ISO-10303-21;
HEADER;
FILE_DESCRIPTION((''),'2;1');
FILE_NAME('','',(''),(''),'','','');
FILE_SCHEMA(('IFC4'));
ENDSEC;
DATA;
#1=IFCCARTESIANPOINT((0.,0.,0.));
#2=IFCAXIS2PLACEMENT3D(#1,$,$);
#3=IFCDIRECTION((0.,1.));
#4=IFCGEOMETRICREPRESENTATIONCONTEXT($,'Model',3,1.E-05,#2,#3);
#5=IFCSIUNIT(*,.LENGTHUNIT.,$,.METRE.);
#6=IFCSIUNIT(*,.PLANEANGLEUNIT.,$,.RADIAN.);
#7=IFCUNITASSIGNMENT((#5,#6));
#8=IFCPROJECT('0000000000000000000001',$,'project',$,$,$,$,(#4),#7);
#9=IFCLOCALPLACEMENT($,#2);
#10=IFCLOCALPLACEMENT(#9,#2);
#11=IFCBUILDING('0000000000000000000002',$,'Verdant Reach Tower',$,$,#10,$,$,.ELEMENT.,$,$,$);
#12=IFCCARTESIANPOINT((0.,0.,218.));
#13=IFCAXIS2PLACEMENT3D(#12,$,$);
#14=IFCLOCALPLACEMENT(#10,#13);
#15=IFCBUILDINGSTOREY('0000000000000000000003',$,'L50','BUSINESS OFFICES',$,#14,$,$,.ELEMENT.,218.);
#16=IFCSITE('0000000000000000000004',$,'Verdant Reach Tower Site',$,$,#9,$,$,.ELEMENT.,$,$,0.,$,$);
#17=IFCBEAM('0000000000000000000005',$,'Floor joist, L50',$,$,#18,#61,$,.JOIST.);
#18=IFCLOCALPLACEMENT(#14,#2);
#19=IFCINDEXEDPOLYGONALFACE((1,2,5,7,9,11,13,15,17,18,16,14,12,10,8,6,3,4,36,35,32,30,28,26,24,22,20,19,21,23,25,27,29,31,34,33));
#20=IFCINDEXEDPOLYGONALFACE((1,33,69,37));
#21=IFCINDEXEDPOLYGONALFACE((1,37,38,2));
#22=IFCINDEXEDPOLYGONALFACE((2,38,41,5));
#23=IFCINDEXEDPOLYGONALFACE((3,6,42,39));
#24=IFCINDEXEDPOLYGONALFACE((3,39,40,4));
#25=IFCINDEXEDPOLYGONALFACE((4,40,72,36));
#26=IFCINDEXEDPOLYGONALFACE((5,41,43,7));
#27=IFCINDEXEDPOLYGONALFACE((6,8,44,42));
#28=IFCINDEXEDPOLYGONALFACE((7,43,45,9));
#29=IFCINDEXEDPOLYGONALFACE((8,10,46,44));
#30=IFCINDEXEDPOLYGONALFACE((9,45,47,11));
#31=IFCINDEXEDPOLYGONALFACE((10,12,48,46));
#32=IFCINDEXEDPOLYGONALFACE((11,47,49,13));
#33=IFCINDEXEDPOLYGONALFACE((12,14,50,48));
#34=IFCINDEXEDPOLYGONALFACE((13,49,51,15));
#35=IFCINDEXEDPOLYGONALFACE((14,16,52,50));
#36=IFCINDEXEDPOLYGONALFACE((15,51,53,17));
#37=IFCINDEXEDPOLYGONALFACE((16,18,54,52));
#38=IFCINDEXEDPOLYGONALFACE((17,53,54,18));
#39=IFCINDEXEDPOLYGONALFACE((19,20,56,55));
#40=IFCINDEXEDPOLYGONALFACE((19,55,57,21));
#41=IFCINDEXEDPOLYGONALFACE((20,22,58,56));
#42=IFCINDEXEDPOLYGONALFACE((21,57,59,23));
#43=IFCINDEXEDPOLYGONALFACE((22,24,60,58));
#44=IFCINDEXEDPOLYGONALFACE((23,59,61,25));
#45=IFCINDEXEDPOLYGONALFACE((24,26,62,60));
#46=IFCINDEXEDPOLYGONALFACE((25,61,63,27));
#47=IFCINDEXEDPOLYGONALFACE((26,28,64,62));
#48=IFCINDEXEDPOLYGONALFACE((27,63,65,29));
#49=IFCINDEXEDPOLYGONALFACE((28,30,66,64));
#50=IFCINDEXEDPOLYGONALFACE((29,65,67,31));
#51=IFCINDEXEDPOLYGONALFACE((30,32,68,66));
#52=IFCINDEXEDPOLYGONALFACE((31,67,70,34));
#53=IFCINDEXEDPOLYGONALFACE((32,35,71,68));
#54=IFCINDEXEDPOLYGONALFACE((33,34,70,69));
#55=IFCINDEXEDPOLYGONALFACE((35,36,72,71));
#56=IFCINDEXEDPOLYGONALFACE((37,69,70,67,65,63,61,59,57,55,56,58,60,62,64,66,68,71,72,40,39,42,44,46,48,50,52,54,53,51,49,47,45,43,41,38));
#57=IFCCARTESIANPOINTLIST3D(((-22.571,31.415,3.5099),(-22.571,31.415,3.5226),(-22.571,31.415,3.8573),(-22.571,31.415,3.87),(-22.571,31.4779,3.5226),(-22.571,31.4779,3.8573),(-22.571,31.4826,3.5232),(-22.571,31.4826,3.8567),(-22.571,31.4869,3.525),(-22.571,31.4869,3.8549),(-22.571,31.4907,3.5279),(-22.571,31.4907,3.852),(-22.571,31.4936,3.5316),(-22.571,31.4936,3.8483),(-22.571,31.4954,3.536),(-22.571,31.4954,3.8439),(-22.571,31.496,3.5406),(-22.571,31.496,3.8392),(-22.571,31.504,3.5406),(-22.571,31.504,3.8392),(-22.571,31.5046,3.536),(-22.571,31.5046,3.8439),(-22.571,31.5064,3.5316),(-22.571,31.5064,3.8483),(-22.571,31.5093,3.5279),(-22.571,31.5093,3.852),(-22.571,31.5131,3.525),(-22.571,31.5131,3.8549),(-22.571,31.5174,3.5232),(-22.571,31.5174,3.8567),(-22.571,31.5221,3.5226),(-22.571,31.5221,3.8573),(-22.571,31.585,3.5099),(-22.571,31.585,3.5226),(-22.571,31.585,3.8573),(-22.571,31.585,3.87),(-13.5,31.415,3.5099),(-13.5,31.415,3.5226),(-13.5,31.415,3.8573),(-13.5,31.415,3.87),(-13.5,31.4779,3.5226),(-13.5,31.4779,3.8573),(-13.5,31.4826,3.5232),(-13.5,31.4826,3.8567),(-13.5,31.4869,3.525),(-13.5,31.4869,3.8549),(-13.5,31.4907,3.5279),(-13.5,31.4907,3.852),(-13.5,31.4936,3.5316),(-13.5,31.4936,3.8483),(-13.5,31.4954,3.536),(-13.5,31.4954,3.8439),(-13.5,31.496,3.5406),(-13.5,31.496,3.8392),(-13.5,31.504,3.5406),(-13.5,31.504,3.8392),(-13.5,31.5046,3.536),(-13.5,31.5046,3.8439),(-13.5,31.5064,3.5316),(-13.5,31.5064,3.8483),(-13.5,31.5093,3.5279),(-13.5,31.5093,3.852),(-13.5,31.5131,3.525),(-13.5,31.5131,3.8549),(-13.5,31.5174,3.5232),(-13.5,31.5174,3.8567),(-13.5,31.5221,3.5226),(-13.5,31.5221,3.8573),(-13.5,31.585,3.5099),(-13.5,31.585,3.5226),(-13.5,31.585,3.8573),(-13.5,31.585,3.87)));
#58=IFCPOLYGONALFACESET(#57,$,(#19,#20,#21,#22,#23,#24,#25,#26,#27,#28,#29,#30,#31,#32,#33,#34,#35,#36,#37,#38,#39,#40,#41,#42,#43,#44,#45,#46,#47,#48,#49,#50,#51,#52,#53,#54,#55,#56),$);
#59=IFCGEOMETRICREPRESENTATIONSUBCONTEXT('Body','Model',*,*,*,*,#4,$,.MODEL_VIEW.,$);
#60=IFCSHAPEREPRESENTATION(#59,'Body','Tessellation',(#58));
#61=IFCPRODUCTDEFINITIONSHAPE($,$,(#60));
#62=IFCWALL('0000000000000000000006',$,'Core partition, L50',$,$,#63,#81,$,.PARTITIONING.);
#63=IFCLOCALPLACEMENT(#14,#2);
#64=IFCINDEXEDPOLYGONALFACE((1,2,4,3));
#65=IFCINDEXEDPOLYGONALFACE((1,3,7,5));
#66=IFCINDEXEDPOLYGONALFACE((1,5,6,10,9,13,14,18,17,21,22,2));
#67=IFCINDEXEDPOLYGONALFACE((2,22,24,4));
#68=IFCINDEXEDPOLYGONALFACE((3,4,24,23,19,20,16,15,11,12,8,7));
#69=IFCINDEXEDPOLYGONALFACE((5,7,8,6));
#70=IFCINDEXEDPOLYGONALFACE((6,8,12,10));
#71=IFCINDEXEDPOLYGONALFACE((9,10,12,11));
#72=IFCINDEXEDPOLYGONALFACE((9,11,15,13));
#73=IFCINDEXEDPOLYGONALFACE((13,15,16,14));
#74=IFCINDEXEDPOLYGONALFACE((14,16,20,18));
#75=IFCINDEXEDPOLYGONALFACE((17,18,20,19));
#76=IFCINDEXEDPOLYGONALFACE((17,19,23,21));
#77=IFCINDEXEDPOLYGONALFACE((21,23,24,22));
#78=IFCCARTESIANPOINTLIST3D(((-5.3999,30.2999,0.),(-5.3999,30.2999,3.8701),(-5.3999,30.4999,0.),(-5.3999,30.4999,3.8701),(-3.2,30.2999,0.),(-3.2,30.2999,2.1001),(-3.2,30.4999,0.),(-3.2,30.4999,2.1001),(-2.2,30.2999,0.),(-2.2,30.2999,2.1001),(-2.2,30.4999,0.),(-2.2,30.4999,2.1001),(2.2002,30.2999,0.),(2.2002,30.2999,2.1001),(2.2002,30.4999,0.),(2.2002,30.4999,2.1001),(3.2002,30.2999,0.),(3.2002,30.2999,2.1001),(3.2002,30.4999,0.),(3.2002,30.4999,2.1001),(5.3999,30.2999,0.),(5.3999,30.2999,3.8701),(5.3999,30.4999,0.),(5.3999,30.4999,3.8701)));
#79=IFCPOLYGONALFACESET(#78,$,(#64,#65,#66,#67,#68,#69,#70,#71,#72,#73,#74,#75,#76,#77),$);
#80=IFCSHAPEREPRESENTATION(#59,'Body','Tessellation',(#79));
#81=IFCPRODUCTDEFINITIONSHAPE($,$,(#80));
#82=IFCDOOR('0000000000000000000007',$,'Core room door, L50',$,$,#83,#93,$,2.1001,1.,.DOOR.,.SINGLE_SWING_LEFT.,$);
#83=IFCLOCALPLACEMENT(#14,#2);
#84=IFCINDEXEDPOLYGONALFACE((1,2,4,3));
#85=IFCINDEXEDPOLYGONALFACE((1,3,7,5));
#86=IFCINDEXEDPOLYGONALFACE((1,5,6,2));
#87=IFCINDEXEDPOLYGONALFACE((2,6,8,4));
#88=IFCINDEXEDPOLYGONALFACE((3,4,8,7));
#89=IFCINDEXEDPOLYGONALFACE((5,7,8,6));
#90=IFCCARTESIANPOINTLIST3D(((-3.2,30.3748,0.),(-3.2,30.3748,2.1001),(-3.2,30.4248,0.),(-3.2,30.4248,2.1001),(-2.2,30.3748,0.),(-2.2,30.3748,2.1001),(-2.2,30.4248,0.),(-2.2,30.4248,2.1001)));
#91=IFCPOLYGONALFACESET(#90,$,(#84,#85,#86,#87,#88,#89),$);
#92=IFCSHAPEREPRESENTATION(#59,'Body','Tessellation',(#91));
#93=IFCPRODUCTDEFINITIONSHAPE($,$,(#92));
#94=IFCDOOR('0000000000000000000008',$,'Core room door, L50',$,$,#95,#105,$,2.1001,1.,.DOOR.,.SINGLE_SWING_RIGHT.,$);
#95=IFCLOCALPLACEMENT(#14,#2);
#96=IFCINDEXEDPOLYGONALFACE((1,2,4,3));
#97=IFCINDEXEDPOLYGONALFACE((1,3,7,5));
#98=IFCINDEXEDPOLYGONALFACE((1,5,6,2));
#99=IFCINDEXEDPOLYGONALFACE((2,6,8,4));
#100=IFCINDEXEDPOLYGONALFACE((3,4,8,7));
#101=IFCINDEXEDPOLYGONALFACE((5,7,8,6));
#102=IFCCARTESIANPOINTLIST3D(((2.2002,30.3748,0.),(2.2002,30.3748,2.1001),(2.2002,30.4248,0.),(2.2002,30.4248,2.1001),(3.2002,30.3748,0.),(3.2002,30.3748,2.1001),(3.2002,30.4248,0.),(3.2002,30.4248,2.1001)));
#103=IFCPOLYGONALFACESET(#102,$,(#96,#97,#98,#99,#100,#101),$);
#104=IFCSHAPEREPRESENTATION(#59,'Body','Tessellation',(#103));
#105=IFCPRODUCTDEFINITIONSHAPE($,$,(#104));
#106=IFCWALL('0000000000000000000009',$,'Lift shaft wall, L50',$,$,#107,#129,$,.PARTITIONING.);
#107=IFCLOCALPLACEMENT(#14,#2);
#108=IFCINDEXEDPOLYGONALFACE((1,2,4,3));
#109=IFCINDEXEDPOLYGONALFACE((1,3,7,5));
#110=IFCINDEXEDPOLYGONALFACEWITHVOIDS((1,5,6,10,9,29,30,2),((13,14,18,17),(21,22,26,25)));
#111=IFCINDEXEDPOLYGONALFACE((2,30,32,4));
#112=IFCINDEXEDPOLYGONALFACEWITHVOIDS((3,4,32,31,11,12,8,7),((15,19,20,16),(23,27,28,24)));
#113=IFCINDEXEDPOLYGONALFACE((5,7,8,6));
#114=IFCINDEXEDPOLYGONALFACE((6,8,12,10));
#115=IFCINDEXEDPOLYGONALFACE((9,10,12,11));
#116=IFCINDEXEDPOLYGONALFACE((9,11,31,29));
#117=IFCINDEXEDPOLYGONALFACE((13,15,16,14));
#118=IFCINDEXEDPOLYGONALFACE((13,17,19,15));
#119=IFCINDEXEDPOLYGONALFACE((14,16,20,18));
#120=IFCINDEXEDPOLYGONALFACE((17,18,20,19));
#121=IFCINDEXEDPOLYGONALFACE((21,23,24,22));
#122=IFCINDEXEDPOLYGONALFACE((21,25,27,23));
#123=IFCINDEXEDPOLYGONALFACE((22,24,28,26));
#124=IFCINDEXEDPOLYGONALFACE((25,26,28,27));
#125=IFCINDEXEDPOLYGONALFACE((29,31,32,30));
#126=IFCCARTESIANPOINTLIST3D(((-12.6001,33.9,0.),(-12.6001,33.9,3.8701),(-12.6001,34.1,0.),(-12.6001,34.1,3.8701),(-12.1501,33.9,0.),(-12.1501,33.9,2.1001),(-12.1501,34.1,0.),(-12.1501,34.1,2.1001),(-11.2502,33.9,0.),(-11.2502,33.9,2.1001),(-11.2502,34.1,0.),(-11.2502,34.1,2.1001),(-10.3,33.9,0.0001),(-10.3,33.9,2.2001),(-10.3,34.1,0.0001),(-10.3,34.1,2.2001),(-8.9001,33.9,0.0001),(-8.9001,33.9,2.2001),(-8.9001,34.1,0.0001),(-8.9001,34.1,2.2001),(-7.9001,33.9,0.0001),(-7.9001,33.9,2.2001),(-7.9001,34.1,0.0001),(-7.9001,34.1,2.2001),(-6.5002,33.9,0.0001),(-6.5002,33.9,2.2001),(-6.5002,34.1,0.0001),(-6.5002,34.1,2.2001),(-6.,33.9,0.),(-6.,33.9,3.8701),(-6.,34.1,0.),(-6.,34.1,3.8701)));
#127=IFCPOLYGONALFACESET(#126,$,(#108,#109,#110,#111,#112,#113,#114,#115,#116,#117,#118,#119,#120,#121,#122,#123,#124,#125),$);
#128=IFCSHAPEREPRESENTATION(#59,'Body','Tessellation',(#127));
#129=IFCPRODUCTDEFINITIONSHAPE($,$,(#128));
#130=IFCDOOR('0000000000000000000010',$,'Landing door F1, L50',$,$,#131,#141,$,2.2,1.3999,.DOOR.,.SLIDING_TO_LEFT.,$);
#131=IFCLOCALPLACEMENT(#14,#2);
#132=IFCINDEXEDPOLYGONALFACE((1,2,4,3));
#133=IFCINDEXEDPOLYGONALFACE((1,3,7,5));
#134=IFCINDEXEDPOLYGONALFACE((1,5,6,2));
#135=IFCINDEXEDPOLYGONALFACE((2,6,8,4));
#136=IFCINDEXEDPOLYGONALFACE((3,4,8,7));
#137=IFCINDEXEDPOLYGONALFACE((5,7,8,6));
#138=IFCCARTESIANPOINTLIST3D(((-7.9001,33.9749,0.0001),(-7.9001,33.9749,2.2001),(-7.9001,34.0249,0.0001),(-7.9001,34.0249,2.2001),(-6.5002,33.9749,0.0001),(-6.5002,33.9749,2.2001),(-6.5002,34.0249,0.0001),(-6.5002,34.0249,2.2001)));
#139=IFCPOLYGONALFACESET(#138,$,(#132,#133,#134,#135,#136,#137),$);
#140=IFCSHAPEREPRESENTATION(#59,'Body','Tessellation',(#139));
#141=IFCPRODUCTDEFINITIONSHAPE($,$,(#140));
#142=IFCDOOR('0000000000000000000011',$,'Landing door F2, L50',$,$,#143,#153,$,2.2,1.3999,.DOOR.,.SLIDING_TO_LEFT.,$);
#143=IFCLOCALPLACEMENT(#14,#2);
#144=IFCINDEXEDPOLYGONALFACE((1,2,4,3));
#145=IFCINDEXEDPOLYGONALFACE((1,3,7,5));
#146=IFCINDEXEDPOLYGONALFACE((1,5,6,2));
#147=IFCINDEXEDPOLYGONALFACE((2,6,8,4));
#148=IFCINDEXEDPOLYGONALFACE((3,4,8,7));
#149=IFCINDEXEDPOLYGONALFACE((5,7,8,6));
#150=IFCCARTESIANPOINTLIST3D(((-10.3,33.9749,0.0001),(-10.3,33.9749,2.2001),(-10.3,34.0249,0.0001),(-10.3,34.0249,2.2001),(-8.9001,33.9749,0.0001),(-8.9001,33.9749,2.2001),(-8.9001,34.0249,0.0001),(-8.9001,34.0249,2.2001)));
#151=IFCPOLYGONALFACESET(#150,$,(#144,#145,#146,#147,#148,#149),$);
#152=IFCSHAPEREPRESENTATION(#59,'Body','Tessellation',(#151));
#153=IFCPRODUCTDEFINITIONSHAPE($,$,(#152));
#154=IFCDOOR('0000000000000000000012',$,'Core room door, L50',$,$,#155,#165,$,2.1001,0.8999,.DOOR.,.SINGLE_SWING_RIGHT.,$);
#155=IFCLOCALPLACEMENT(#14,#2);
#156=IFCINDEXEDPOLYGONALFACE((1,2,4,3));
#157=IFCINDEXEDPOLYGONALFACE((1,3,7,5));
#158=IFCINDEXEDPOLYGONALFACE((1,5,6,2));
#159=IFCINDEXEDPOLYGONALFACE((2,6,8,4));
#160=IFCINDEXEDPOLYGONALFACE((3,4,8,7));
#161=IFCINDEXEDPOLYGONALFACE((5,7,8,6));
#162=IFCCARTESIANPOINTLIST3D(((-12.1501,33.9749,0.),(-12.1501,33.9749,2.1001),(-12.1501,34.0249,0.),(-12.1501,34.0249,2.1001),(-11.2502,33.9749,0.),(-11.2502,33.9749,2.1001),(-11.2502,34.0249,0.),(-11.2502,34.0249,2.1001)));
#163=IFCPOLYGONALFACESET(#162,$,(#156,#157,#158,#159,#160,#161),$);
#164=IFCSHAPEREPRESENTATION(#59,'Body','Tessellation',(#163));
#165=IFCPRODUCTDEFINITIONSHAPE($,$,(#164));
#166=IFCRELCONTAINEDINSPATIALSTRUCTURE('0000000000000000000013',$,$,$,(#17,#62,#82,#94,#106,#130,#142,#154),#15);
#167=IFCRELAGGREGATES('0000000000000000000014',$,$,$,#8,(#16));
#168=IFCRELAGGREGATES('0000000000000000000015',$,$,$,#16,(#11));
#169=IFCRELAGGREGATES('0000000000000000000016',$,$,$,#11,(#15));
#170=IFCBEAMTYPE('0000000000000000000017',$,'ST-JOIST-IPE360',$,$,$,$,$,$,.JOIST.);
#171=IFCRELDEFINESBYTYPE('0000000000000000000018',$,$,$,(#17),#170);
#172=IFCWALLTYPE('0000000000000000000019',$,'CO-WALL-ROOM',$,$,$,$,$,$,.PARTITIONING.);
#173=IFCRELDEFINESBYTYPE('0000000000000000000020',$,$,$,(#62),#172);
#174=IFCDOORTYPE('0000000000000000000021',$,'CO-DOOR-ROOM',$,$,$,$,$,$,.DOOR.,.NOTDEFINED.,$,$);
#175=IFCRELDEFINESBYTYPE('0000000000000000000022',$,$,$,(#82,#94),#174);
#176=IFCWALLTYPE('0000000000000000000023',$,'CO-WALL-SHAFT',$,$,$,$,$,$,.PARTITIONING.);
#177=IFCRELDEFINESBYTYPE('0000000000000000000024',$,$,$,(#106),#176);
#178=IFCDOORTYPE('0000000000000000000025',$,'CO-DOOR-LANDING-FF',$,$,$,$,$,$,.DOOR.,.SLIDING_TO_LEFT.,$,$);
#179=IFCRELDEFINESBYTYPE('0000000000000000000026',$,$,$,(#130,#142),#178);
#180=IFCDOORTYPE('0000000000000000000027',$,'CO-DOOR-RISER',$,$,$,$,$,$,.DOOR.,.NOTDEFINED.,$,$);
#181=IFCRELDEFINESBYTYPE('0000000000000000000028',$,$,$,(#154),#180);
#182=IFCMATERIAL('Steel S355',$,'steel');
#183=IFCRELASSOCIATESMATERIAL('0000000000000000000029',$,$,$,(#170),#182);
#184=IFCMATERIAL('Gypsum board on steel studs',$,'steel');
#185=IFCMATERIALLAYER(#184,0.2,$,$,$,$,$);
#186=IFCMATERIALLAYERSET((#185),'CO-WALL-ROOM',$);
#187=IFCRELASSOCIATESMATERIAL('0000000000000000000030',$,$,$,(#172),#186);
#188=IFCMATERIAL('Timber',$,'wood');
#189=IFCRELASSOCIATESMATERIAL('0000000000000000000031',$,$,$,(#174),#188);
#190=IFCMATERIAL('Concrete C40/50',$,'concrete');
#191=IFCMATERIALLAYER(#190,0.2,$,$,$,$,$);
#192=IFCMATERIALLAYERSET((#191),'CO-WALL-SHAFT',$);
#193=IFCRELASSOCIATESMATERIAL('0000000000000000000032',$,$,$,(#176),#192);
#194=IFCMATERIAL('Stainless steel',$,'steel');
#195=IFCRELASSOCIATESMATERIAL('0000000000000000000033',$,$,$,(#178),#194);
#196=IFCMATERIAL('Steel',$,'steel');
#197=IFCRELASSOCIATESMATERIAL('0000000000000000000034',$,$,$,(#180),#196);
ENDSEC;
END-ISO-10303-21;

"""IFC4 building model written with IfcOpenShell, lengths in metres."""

from ifc_helpers import new_model, si_unit, direction, frame, frame_2d, origin, origin_2d, place, context, subcontext, project, spatial, rectangle, i_section, extrude, material, layer, layer_set, material_profile, profile_set, type_object, element, fill, save


model = new_model("IFC4")

# Units and contexts
model_context = context("Model", 3, precision=1e-05, world=origin(), true_north=direction((0.0, 1.0)))
body_context = subcontext(model_context, "Body", "Model", "MODEL_VIEW")
ifc_project = project(units=[si_unit("LENGTHUNIT", "METRE"), si_unit("PLANEANGLEUNIT", "RADIAN")], contexts=[model_context])

# Site, building, storey
site_placement = place(None, origin())
site = spatial("IfcSite", under=ifc_project, at=site_placement, Name="Verdant Reach Tower Site", CompositionType="ELEMENT", RefElevation=0.0)
building_placement = place(site_placement, origin())
building = spatial("IfcBuilding", under=site, at=building_placement, Name="Verdant Reach Tower", CompositionType="ELEMENT")
storey_placement = place(building_placement, frame((0.0, 0.0, 218.0)))
storey = spatial("IfcBuildingStorey", under=building, at=storey_placement, Name="L50", Description="BUSINESS OFFICES", CompositionType="ELEMENT", Elevation=218.0)

# Beam
ifc_material_1 = material(Name="Steel S355", Category="steel")
ifc_material_profile = material_profile(ifc_material_1, i_section(OverallWidth=0.1699, OverallDepth=0.3601, WebThickness=0.0081, FlangeThickness=0.0127, FilletRadius=0.0181, at=origin_2d()), Name="IPE 360")
ifc_profile_set = profile_set([ifc_material_profile], Name="Steel S355")
beam_type = type_object("IfcBeamType", Name="ST-JOIST-IPE360", PredefinedType="JOIST", material=ifc_profile_set)
beam_placement = place(storey_placement, frame((-13.5, 31.5, 3.6899), z_axis=(-1.0, 0.0, 0.0), x_axis=(0.0, -1.0, 0.0)))
element("IfcBeam", 1, at=beam_placement, inside=storey, type_object=beam_type, Name="Floor joist, L50", PredefinedType="JOIST", context=body_context, shape_type="SweptSolid", body=[
    extrude(i_section(OverallWidth=0.1699, OverallDepth=0.3601, WebThickness=0.0081, FlangeThickness=0.0127, FilletRadius=0.0181, at=origin_2d()), origin(), (0.0, 0.0, 1.0), 9.071),
])

# Walls, openings, doors
ifc_material_2 = material(Name="Gypsum board on steel studs", Category="steel")
ifc_layer_1 = layer(ifc_material_2, 0.2)
ifc_layer_set_1 = layer_set([ifc_layer_1], Name="CO-WALL-ROOM")
wall_type_1 = type_object("IfcWallType", Name="CO-WALL-ROOM", PredefinedType="PARTITIONING", material=ifc_layer_set_1)
wall_1_placement = place(storey_placement, frame((-5.3999, 30.3999, 0.0), z_axis=(0.0, 0.0, 1.0), x_axis=(1.0, 0.0, 0.0)))
wall_1 = element("IfcWall", 2, at=wall_1_placement, inside=storey, type_object=wall_type_1, Name="Core partition, L50", PredefinedType="PARTITIONING", context=body_context, shape_type="SweptSolid", body=[
    extrude(rectangle(XDim=10.7998, YDim=0.2, at=frame_2d((5.3999, 0.0))), origin(), (0.0, 0.0, 1.0), 3.8701),
])
opening_1_placement = place(wall_1_placement, frame((2.2, 0.0, 0.0)))
opening_1 = element("IfcOpeningElement", 3, at=opening_1_placement, cuts=wall_1, PredefinedType="OPENING", context=body_context, shape_type="SweptSolid", body=[
    extrude(rectangle(XDim=1.0, YDim=2.1001, at=frame_2d((0.5, 1.05))), frame((0.0, 0.1099, 0.0), z_axis=(0.0, -1.0, 0.0), x_axis=(1.0, 0.0, 0.0)), (0.0, 0.0, 1.0), 0.22),
])
opening_2_placement = place(wall_1_placement, frame((7.6001, 0.0, 0.0)))
opening_2 = element("IfcOpeningElement", 4, at=opening_2_placement, cuts=wall_1, PredefinedType="OPENING", context=body_context, shape_type="SweptSolid", body=[
    extrude(rectangle(XDim=1.0, YDim=2.1001, at=frame_2d((0.5, 1.05))), frame((0.0, 0.1099, 0.0), z_axis=(0.0, -1.0, 0.0), x_axis=(1.0, 0.0, 0.0)), (0.0, 0.0, 1.0), 0.22),
])
ifc_material_3 = material(Name="Timber", Category="wood")
door_type_1 = type_object("IfcDoorType", Name="CO-DOOR-ROOM", OperationType="NOTDEFINED", PredefinedType="DOOR", material=ifc_material_3)
door_1_placement = place(opening_1_placement, origin())
door_1 = element("IfcDoor", 5, at=door_1_placement, inside=storey, type_object=door_type_1, Name="Core room door, L50", OperationType="SINGLE_SWING_LEFT", OverallHeight=2.1001, OverallWidth=1.0, PredefinedType="DOOR", context=body_context, shape_type="SweptSolid", body=[
    extrude(rectangle(XDim=1.0, YDim=2.1001, at=frame_2d((0.5, 1.05))), frame((0.0, 0.0249, 0.0), z_axis=(0.0, -1.0, 0.0), x_axis=(1.0, 0.0, 0.0)), (0.0, 0.0, 1.0), 0.05),
])
fill(opening_1, door_1)
door_2_placement = place(opening_2_placement, origin())
door_2 = element("IfcDoor", 6, at=door_2_placement, inside=storey, type_object=door_type_1, Name="Core room door, L50", OperationType="SINGLE_SWING_RIGHT", OverallHeight=2.1001, OverallWidth=1.0, PredefinedType="DOOR", context=body_context, shape_type="SweptSolid", body=[
    extrude(rectangle(XDim=1.0, YDim=2.1001, at=frame_2d((0.5, 1.05))), frame((0.0, 0.0249, 0.0), z_axis=(0.0, -1.0, 0.0), x_axis=(1.0, 0.0, 0.0)), (0.0, 0.0, 1.0), 0.05),
])
fill(opening_2, door_2)
ifc_material_4 = material(Name="Concrete C40/50", Category="concrete")
ifc_layer_2 = layer(ifc_material_4, 0.2)
ifc_layer_set_2 = layer_set([ifc_layer_2], Name="CO-WALL-SHAFT")
wall_type_2 = type_object("IfcWallType", Name="CO-WALL-SHAFT", PredefinedType="PARTITIONING", material=ifc_layer_set_2)
wall_2_placement = place(storey_placement, frame((-12.6001, 34.0, 0.0), z_axis=(0.0, 0.0, 1.0), x_axis=(1.0, 0.0, 0.0)))
wall_2 = element("IfcWall", 7, at=wall_2_placement, inside=storey, type_object=wall_type_2, Name="Lift shaft wall, L50", PredefinedType="PARTITIONING", context=body_context, shape_type="SweptSolid", body=[
    extrude(rectangle(XDim=6.6001, YDim=0.2, at=frame_2d((3.3, 0.0))), origin(), (0.0, 0.0, 1.0), 3.8701),
])
opening_3_placement = place(wall_2_placement, frame((4.7, 0.0, 0.0)))
opening_3 = element("IfcOpeningElement", 8, at=opening_3_placement, cuts=wall_2, PredefinedType="OPENING", context=body_context, shape_type="SweptSolid", body=[
    extrude(rectangle(XDim=1.3999, YDim=2.2, at=frame_2d((0.7, 1.1001))), frame((0.0, 0.1099, 0.0), z_axis=(0.0, -1.0, 0.0), x_axis=(1.0, 0.0, 0.0)), (0.0, 0.0, 1.0), 0.22),
])
opening_4_placement = place(wall_2_placement, frame((2.3, 0.0, 0.0)))
opening_4 = element("IfcOpeningElement", 9, at=opening_4_placement, cuts=wall_2, PredefinedType="OPENING", context=body_context, shape_type="SweptSolid", body=[
    extrude(rectangle(XDim=1.3999, YDim=2.2, at=frame_2d((0.7, 1.1001))), frame((0.0, 0.1099, 0.0), z_axis=(0.0, -1.0, 0.0), x_axis=(1.0, 0.0, 0.0)), (0.0, 0.0, 1.0), 0.22),
])
opening_5_placement = place(wall_2_placement, frame((0.45, 0.0, 0.0)))
opening_5 = element("IfcOpeningElement", 10, at=opening_5_placement, cuts=wall_2, PredefinedType="OPENING", context=body_context, shape_type="SweptSolid", body=[
    extrude(rectangle(XDim=0.8999, YDim=2.1001, at=frame_2d((0.45, 1.05))), frame((0.0, 0.1099, 0.0), z_axis=(0.0, -1.0, 0.0), x_axis=(1.0, 0.0, 0.0)), (0.0, 0.0, 1.0), 0.22),
])
ifc_material_5 = material(Name="Stainless steel", Category="steel")
door_type_2 = type_object("IfcDoorType", Name="CO-DOOR-LANDING-FF", OperationType="SLIDING_TO_LEFT", PredefinedType="DOOR", material=ifc_material_5)
door_3_placement = place(opening_3_placement, origin())
door_3 = element("IfcDoor", 11, at=door_3_placement, inside=storey, type_object=door_type_2, Name="Landing door F1, L50", OperationType="SLIDING_TO_LEFT", OverallHeight=2.2, OverallWidth=1.3999, PredefinedType="DOOR", context=body_context, shape_type="SweptSolid", body=[
    extrude(rectangle(XDim=1.3999, YDim=2.2, at=frame_2d((0.7, 1.1001))), frame((0.0, 0.0249, 0.0), z_axis=(0.0, -1.0, 0.0), x_axis=(1.0, 0.0, 0.0)), (0.0, 0.0, 1.0), 0.05),
])
fill(opening_3, door_3)
door_4_placement = place(opening_4_placement, origin())
door_4 = element("IfcDoor", 12, at=door_4_placement, inside=storey, type_object=door_type_2, Name="Landing door F2, L50", OperationType="SLIDING_TO_LEFT", OverallHeight=2.2, OverallWidth=1.3999, PredefinedType="DOOR", context=body_context, shape_type="SweptSolid", body=[
    extrude(rectangle(XDim=1.3999, YDim=2.2, at=frame_2d((0.7, 1.1001))), frame((0.0, 0.0249, 0.0), z_axis=(0.0, -1.0, 0.0), x_axis=(1.0, 0.0, 0.0)), (0.0, 0.0, 1.0), 0.05),
])
fill(opening_4, door_4)
ifc_material_6 = material(Name="Steel", Category="steel")
door_type_3 = type_object("IfcDoorType", Name="CO-DOOR-RISER", OperationType="NOTDEFINED", PredefinedType="DOOR", material=ifc_material_6)
door_5_placement = place(opening_5_placement, origin())
door_5 = element("IfcDoor", 13, at=door_5_placement, inside=storey, type_object=door_type_3, Name="Core room door, L50", OperationType="SINGLE_SWING_RIGHT", OverallHeight=2.1001, OverallWidth=0.8999, PredefinedType="DOOR", context=body_context, shape_type="SweptSolid", body=[
    extrude(rectangle(XDim=0.8999, YDim=2.1001, at=frame_2d((0.45, 1.05))), frame((0.0, 0.0249, 0.0), z_axis=(0.0, -1.0, 0.0), x_axis=(1.0, 0.0, 0.0)), (0.0, 0.0, 1.0), 0.05),
])
fill(opening_5, door_5)

save(model, "model.ifc")
